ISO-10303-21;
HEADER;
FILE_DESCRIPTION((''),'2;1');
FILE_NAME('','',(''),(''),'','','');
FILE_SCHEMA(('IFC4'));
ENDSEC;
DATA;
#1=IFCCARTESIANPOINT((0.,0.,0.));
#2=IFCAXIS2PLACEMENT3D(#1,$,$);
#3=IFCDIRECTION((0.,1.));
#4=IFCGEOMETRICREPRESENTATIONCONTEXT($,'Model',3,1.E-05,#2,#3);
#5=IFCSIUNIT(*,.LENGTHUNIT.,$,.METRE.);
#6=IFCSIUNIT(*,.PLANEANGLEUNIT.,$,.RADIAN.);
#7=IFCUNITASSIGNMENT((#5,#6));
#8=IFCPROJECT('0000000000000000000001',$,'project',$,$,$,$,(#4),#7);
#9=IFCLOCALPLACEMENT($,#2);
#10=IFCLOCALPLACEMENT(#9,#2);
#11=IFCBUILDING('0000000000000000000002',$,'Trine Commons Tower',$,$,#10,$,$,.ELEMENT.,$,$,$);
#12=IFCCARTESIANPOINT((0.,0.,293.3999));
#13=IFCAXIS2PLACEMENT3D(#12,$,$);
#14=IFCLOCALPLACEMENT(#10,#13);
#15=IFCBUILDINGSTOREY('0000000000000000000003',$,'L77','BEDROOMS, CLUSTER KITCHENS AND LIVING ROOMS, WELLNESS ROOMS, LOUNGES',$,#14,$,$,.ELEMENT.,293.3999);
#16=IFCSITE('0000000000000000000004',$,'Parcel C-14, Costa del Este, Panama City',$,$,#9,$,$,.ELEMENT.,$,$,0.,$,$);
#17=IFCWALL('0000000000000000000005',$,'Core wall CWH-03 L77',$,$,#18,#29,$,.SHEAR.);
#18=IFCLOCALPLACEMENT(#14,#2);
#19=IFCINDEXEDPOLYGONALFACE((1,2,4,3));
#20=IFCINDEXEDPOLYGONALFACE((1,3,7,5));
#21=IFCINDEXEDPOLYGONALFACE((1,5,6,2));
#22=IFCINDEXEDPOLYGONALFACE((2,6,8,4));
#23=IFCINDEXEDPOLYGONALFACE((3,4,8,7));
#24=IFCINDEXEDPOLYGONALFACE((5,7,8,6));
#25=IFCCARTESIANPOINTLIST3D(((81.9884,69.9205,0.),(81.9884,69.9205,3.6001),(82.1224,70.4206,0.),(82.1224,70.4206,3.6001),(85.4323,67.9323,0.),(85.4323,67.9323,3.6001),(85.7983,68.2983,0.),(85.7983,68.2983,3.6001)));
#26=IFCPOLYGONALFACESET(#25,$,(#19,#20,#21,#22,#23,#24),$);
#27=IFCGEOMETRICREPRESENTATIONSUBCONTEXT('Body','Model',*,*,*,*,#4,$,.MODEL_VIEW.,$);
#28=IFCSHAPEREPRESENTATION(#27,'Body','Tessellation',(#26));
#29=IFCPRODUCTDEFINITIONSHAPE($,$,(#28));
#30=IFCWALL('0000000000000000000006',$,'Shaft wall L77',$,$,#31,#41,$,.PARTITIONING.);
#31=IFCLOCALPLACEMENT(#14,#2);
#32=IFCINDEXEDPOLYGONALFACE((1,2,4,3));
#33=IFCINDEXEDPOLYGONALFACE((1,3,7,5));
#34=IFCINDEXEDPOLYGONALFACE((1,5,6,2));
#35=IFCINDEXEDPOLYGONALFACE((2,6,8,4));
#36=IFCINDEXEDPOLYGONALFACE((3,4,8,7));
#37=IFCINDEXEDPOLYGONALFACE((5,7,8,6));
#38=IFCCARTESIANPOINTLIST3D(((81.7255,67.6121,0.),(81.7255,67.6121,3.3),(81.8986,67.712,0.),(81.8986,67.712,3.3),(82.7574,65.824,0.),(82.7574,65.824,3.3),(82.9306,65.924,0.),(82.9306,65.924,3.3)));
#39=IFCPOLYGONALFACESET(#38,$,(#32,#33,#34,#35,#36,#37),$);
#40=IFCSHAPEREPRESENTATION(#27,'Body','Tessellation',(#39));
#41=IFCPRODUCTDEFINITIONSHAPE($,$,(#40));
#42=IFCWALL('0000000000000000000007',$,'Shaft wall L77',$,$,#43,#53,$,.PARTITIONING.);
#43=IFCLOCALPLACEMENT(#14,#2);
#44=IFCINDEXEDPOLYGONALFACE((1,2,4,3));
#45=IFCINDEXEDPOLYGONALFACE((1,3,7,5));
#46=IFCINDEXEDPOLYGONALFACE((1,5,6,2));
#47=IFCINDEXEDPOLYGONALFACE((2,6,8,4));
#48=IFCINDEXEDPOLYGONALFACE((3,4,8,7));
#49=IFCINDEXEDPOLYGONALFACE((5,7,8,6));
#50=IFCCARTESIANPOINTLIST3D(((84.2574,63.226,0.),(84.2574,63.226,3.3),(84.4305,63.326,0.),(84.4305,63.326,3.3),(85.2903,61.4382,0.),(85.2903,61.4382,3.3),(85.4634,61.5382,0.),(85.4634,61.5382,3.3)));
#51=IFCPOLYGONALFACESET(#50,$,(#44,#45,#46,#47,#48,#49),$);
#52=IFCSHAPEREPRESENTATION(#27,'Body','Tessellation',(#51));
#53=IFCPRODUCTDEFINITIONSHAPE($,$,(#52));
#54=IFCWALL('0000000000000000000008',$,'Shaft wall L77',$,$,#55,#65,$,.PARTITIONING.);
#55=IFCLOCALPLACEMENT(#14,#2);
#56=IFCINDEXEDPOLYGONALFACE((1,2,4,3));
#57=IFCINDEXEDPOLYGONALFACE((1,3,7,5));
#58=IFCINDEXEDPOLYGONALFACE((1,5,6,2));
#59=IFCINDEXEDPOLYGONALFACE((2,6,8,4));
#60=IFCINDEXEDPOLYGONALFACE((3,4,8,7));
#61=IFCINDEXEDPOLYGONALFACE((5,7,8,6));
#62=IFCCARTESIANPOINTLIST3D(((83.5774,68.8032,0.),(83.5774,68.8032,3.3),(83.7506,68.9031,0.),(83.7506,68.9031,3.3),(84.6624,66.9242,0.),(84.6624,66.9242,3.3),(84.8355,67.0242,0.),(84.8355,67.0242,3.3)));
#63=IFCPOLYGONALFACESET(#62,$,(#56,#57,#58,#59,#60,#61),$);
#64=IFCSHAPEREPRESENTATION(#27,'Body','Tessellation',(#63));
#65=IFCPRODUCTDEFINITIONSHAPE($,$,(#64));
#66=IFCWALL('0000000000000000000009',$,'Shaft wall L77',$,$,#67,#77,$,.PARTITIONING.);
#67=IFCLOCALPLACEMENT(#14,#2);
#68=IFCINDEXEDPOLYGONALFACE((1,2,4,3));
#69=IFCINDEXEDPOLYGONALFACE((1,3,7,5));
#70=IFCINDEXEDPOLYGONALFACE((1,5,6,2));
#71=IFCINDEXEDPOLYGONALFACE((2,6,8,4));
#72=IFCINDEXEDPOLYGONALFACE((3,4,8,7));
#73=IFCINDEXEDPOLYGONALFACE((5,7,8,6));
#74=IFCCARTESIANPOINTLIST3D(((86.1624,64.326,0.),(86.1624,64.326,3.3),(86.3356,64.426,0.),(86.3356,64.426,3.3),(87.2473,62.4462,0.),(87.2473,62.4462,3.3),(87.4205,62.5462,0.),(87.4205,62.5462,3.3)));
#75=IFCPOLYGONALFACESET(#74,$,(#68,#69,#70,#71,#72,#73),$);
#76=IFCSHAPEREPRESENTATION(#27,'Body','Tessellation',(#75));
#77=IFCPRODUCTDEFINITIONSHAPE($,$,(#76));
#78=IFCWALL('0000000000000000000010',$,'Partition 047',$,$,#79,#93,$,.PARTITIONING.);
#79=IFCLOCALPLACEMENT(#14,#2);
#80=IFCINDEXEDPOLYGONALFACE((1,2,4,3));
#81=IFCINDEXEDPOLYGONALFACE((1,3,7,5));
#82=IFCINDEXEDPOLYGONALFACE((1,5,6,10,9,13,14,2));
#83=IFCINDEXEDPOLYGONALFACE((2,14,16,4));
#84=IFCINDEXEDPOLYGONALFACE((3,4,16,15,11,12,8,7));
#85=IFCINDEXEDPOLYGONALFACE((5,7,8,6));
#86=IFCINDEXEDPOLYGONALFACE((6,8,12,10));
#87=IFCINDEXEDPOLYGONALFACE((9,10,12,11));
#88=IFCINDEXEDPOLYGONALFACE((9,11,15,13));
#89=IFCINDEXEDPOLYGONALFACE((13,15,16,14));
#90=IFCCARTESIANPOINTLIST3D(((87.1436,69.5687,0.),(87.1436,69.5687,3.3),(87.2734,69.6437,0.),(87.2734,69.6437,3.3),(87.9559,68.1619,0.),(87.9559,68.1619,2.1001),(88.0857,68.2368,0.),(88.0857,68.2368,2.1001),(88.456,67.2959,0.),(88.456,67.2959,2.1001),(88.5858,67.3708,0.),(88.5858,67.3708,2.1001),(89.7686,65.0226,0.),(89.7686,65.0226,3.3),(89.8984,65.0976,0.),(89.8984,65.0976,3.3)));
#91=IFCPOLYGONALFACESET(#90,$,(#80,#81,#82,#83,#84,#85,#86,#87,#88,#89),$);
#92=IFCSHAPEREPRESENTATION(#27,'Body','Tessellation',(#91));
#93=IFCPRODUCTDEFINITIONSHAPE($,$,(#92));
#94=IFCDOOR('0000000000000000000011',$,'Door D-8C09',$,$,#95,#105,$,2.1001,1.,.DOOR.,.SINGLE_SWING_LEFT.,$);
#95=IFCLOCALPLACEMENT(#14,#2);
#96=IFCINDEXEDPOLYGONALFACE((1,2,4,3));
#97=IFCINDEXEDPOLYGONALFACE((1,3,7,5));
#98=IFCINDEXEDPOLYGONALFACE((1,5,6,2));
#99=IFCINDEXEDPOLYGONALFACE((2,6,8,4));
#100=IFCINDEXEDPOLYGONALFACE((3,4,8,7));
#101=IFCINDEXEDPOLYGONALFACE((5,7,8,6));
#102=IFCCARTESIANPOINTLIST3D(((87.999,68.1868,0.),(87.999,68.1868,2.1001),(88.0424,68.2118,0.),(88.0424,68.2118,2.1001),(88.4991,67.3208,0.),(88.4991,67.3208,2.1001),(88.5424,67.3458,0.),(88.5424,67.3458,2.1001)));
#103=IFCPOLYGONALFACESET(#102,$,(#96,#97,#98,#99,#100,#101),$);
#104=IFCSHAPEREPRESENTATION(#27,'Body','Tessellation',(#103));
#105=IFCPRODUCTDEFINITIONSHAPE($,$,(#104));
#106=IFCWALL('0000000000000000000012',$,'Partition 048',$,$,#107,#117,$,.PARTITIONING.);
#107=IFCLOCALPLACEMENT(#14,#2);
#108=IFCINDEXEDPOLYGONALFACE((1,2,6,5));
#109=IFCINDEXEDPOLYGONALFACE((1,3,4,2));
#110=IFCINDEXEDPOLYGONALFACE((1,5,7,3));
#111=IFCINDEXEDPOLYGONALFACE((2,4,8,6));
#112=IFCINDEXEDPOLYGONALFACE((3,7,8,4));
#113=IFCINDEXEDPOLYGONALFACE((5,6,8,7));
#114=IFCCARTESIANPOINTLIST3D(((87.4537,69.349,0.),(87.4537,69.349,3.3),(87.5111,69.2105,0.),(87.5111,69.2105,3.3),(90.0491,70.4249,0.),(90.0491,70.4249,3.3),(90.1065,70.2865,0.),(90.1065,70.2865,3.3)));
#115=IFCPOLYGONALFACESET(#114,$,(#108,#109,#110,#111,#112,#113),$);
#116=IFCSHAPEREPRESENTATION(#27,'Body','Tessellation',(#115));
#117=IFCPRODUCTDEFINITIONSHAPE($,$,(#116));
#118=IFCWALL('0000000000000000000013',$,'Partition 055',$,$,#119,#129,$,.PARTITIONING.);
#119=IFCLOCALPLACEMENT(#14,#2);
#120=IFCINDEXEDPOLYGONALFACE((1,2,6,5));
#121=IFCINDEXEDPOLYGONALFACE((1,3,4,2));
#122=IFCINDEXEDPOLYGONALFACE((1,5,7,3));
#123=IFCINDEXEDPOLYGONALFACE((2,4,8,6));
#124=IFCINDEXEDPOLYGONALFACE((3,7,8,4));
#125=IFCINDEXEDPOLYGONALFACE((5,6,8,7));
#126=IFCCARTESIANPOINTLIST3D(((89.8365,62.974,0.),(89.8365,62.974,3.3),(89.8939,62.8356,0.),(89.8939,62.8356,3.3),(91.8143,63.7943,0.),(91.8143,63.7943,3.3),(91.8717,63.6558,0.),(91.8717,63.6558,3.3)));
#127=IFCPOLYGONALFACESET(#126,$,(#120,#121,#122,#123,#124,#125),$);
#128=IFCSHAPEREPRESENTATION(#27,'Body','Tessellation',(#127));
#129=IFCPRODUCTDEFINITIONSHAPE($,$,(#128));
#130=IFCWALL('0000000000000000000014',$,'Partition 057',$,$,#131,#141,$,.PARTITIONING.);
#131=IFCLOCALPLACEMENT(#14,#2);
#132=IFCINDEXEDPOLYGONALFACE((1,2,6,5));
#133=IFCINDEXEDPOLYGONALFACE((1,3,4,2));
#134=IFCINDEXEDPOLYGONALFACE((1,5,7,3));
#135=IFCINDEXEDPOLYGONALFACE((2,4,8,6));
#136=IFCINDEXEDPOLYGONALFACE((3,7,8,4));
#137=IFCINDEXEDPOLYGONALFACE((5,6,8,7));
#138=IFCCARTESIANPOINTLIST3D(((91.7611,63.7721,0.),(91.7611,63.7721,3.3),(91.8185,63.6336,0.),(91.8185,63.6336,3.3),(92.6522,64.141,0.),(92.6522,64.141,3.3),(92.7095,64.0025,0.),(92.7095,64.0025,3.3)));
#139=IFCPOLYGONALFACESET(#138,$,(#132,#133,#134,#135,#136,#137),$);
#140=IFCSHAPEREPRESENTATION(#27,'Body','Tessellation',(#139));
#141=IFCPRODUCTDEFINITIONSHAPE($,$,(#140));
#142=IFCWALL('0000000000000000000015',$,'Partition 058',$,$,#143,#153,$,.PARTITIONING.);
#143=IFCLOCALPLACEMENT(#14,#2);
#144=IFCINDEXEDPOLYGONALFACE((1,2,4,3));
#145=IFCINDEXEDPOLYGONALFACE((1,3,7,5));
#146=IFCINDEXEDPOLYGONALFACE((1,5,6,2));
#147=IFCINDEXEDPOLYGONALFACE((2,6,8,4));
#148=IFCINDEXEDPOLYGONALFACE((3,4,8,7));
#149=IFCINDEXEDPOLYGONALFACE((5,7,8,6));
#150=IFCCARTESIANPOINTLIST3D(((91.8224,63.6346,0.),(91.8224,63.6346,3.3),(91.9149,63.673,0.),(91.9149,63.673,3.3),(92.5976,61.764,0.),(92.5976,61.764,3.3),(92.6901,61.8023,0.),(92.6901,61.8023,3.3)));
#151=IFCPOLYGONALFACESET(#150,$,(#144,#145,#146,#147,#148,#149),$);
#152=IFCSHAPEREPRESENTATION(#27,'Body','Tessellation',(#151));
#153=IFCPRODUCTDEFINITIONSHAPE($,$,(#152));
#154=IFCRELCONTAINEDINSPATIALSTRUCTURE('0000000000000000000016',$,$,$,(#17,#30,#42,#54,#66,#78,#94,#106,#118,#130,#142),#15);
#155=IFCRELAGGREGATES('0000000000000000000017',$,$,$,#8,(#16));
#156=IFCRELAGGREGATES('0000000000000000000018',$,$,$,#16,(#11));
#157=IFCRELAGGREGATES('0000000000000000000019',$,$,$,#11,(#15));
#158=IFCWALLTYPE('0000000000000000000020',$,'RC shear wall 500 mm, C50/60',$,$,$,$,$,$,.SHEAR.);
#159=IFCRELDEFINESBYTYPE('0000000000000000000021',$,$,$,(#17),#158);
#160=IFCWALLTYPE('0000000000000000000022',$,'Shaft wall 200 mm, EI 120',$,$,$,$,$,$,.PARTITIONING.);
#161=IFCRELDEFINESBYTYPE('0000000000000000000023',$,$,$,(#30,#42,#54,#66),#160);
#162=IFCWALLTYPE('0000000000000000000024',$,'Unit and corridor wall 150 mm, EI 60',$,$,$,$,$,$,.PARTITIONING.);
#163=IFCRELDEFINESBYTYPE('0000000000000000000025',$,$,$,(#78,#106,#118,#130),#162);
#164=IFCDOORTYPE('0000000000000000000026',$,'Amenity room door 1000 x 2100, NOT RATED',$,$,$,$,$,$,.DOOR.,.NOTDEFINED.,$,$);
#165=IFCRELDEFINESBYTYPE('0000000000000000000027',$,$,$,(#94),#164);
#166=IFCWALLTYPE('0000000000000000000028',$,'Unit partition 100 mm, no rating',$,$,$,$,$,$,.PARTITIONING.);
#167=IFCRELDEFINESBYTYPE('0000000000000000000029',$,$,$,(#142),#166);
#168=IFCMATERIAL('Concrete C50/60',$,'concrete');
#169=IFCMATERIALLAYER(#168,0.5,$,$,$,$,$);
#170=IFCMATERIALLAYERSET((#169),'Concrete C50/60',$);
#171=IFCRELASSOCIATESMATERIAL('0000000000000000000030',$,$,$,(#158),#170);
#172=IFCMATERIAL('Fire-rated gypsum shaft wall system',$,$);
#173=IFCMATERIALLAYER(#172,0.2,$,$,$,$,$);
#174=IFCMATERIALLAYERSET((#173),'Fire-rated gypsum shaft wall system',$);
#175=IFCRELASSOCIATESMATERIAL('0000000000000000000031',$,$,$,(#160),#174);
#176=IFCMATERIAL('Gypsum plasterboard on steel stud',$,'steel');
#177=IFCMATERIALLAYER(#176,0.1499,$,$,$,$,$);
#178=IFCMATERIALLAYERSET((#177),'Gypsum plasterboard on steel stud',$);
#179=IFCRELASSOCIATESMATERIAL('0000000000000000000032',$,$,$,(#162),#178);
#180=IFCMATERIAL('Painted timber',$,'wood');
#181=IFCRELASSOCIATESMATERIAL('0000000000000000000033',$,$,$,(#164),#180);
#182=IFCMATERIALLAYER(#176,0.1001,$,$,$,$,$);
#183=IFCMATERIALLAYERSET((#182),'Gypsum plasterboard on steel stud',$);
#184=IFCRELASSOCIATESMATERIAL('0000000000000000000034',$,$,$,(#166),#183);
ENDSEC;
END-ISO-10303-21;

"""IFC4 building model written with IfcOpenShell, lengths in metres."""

from ifc_helpers import new_model, si_unit, direction, frame, frame_2d, origin, place, context, subcontext, project, spatial, polyline, rectangle, outline, extrude, material, layer, layer_set, type_object, element, fill, save


model = new_model("IFC4")

# Units and contexts
model_context = context("Model", 3, precision=1e-05, world=origin(), true_north=direction((0.0, 1.0)))
body_context = subcontext(model_context, "Body", "Model", "MODEL_VIEW")
ifc_project = project(units=[si_unit("LENGTHUNIT", "METRE"), si_unit("PLANEANGLEUNIT", "RADIAN")], contexts=[model_context])

# Site, building, storey
site_placement = place(None, origin())
site = spatial("IfcSite", under=ifc_project, at=site_placement, Name="Parcel C-14, Costa del Este, Panama City", CompositionType="ELEMENT", RefElevation=0.0)
building_placement = place(site_placement, origin())
building = spatial("IfcBuilding", under=site, at=building_placement, Name="Trine Commons Tower", CompositionType="ELEMENT")
storey_placement = place(building_placement, frame((0.0, 0.0, 293.3999)))
storey = spatial("IfcBuildingStorey", under=building, at=storey_placement, Name="L77", Description="BEDROOMS, CLUSTER KITCHENS AND LIVING ROOMS, WELLNESS ROOMS, LOUNGES", CompositionType="ELEMENT", Elevation=293.3999)

# Shared definitions
ifc_material_1 = material(Name="Concrete C50/60", Category="concrete")

# Shared definitions
ifc_material_2 = material(Name="Fire-rated gypsum shaft wall system")
ifc_layer_1 = layer(ifc_material_1, 0.5)
ifc_layer_set_1 = layer_set([ifc_layer_1], Name="Concrete C50/60")
wall_type_1 = type_object("IfcWallType", Name="RC shear wall 500 mm, C50/60", PredefinedType="SHEAR", material=ifc_layer_set_1)

# Walls
wall_1_placement = place(storey_placement, frame((85.6733, 68.0818, 0.0), z_axis=(0.0, 0.0, 1.0), x_axis=(-0.866029, 0.499993, 0.0)))
element("IfcWall", 1, at=wall_1_placement, inside=storey, type_object=wall_type_1, Name="Core wall CWH-03 L77", PredefinedType="SHEAR", context=body_context, shape_type="SweptSolid", body=[
    extrude(outline(polyline([(0.0, -0.25), (4.2446, -0.25), (4.1106, 0.25), (0.134, 0.25), (0.0, -0.25)])), origin(), (0.0, 0.0, 1.0), 3.6001),
])
ifc_layer_2 = layer(ifc_material_2, 0.2)
ifc_layer_set_2 = layer_set([ifc_layer_2], Name="Fire-rated gypsum shaft wall system")
wall_type_2 = type_object("IfcWallType", Name="Shaft wall 200 mm, EI 120", PredefinedType="PARTITIONING", material=ifc_layer_set_2)
wall_2_placement = place(storey_placement, frame((82.844, 65.874, 0.0), z_axis=(0.0, 0.0, 1.0), x_axis=(-0.499866, 0.866103, 0.0)))
element("IfcWall", 2, at=wall_2_placement, inside=storey, type_object=wall_type_2, Name="Shaft wall L77", PredefinedType="PARTITIONING", context=body_context, shape_type="SweptSolid", body=[
    extrude(rectangle(XDim=2.0645, YDim=0.2, at=frame_2d((1.0322, 0.0))), origin(), (0.0, 0.0, 1.0), 3.3),
])
wall_3_placement = place(storey_placement, frame((84.344, 63.2759, 0.0), z_axis=(0.0, 0.0, 1.0), x_axis=(0.500272, -0.865868, 0.0)))
element("IfcWall", 3, at=wall_3_placement, inside=storey, type_object=wall_type_2, Name="Shaft wall L77", PredefinedType="PARTITIONING", context=body_context, shape_type="SweptSolid", body=[
    extrude(rectangle(XDim=2.0647, YDim=0.2, at=frame_2d((1.0322, 0.0))), origin(), (0.0, 0.0, 1.0), 3.3),
])
wall_4_placement = place(storey_placement, frame((84.749, 66.9741, 0.0), z_axis=(0.0, 0.0, 1.0), x_axis=(-0.50006, 0.865991, 0.0)))
element("IfcWall", 4, at=wall_4_placement, inside=storey, type_object=wall_type_2, Name="Shaft wall L77", PredefinedType="PARTITIONING", context=body_context, shape_type="SweptSolid", body=[
    extrude(rectangle(XDim=2.1697, YDim=0.2, at=frame_2d((1.085, 0.0))), origin(), (0.0, 0.0, 1.0), 3.3),
])
wall_5_placement = place(storey_placement, frame((86.249, 64.376, 0.0), z_axis=(0.0, 0.0, 1.0), x_axis=(0.499865, -0.866103, 0.0)))
element("IfcWall", 5, at=wall_5_placement, inside=storey, type_object=wall_type_2, Name="Shaft wall L77", PredefinedType="PARTITIONING", context=body_context, shape_type="SweptSolid", body=[
    extrude(rectangle(XDim=2.1704, YDim=0.2, at=frame_2d((1.0852, 0.0))), origin(), (0.0, 0.0, 1.0), 3.3),
])

# Wall, opening, door
ifc_material_3 = material(Name="Gypsum plasterboard on steel stud", Category="steel")
ifc_layer_3 = layer(ifc_material_3, 0.1499)
ifc_layer_set_3 = layer_set([ifc_layer_3], Name="Gypsum plasterboard on steel stud")
wall_type_3 = type_object("IfcWallType", Name="Unit and corridor wall 150 mm, EI 60", PredefinedType="PARTITIONING", material=ifc_layer_set_3)
wall_6_placement = place(storey_placement, frame((87.2085, 69.6062, 0.0), z_axis=(0.0, 0.0, 1.0), x_axis=(0.50004, -0.866002, 0.0)))
wall_6 = element("IfcWall", 6, at=wall_6_placement, inside=storey, type_object=wall_type_3, Name="Partition 047", PredefinedType="PARTITIONING", context=body_context, shape_type="SweptSolid", body=[
    extrude(rectangle(XDim=5.2495, YDim=0.1499, at=frame_2d((2.6248, 0.0))), origin(), (0.0, 0.0, 1.0), 3.3),
])
opening_1_placement = place(wall_6_placement, frame((1.6245, 0.0, 0.0)))
opening_1 = element("IfcOpeningElement", 7, at=opening_1_placement, cuts=wall_6, PredefinedType="OPENING", context=body_context, shape_type="SweptSolid", body=[
    extrude(rectangle(XDim=1.0, YDim=2.1001, at=frame_2d((0.5, 1.05))), frame((0.0, 0.085, 0.0), z_axis=(0.0, -1.0, 0.0), x_axis=(1.0, 0.0, 0.0)), (0.0, 0.0, 1.0), 0.1699),
])
ifc_material_4 = material(Name="Painted timber", Category="wood")
door_type_1 = type_object("IfcDoorType", Name="Amenity room door 1000 x 2100, NOT RATED", OperationType="NOTDEFINED", PredefinedType="DOOR", material=ifc_material_4)
door_1_placement = place(opening_1_placement, origin())
door_1 = element("IfcDoor", 8, at=door_1_placement, inside=storey, type_object=door_type_1, Name="Door D-8C09", OperationType="SINGLE_SWING_LEFT", OverallHeight=2.1001, OverallWidth=1.0, PredefinedType="DOOR", context=body_context, shape_type="SweptSolid", body=[
    extrude(rectangle(XDim=1.0, YDim=2.1001, at=frame_2d((0.5, 1.05))), frame((0.0, 0.0249, 0.0), z_axis=(0.0, -1.0, 0.0), x_axis=(1.0, 0.0, 0.0)), (0.0, 0.0, 1.0), 0.05),
])
fill(opening_1, door_1)

# Walls
wall_7_placement = place(storey_placement, frame((87.4824, 69.2798, 0.0), z_axis=(0.0, 0.0, 1.0), x_axis=(0.923772, 0.382943, 0.0)))
element("IfcWall", 9, at=wall_7_placement, inside=storey, type_object=wall_type_3, Name="Partition 048", PredefinedType="PARTITIONING", context=body_context, shape_type="SweptSolid", body=[
    extrude(rectangle(XDim=2.8096, YDim=0.1499, at=frame_2d((1.4048, 0.0))), origin(), (0.0, 0.0, 1.0), 3.3),
])
wall_8_placement = place(storey_placement, frame((89.8652, 62.9048, 0.0), z_axis=(0.0, 0.0, 1.0), x_axis=(0.9237, 0.383117, 0.0)))
element("IfcWall", 10, at=wall_8_placement, inside=storey, type_object=wall_type_3, Name="Partition 055", PredefinedType="PARTITIONING", context=body_context, shape_type="SweptSolid", body=[
    extrude(rectangle(XDim=2.1411, YDim=0.1499, at=frame_2d((1.0706, 0.0))), origin(), (0.0, 0.0, 1.0), 3.3),
])
wall_9_placement = place(storey_placement, frame((91.7898, 63.7029, 0.0), z_axis=(0.0, 0.0, 1.0), x_axis=(0.923958, 0.382493, 0.0)))
element("IfcWall", 11, at=wall_9_placement, inside=storey, type_object=wall_type_3, Name="Partition 057", PredefinedType="PARTITIONING", context=body_context, shape_type="SweptSolid", body=[
    extrude(rectangle(XDim=0.9644, YDim=0.1499, at=frame_2d((0.4822, 0.0))), origin(), (0.0, 0.0, 1.0), 3.3),
])
ifc_layer_4 = layer(ifc_material_3, 0.1001)
ifc_layer_set_4 = layer_set([ifc_layer_4], Name="Gypsum plasterboard on steel stud")
wall_type_4 = type_object("IfcWallType", Name="Unit partition 100 mm, no rating", PredefinedType="PARTITIONING", material=ifc_layer_set_4)
wall_10_placement = place(storey_placement, frame((91.8687, 63.6538, 0.0), z_axis=(0.0, 0.0, 1.0), x_axis=(0.382817, -0.923824, 0.0)))
element("IfcWall", 12, at=wall_10_placement, inside=storey, type_object=wall_type_4, Name="Partition 058", PredefinedType="PARTITIONING", context=body_context, shape_type="SweptSolid", body=[
    extrude(rectangle(XDim=2.0249, YDim=0.1001, at=frame_2d((1.0125, 0.0))), origin(), (0.0, 0.0, 1.0), 3.3),
])

save(model, "model.ifc")
